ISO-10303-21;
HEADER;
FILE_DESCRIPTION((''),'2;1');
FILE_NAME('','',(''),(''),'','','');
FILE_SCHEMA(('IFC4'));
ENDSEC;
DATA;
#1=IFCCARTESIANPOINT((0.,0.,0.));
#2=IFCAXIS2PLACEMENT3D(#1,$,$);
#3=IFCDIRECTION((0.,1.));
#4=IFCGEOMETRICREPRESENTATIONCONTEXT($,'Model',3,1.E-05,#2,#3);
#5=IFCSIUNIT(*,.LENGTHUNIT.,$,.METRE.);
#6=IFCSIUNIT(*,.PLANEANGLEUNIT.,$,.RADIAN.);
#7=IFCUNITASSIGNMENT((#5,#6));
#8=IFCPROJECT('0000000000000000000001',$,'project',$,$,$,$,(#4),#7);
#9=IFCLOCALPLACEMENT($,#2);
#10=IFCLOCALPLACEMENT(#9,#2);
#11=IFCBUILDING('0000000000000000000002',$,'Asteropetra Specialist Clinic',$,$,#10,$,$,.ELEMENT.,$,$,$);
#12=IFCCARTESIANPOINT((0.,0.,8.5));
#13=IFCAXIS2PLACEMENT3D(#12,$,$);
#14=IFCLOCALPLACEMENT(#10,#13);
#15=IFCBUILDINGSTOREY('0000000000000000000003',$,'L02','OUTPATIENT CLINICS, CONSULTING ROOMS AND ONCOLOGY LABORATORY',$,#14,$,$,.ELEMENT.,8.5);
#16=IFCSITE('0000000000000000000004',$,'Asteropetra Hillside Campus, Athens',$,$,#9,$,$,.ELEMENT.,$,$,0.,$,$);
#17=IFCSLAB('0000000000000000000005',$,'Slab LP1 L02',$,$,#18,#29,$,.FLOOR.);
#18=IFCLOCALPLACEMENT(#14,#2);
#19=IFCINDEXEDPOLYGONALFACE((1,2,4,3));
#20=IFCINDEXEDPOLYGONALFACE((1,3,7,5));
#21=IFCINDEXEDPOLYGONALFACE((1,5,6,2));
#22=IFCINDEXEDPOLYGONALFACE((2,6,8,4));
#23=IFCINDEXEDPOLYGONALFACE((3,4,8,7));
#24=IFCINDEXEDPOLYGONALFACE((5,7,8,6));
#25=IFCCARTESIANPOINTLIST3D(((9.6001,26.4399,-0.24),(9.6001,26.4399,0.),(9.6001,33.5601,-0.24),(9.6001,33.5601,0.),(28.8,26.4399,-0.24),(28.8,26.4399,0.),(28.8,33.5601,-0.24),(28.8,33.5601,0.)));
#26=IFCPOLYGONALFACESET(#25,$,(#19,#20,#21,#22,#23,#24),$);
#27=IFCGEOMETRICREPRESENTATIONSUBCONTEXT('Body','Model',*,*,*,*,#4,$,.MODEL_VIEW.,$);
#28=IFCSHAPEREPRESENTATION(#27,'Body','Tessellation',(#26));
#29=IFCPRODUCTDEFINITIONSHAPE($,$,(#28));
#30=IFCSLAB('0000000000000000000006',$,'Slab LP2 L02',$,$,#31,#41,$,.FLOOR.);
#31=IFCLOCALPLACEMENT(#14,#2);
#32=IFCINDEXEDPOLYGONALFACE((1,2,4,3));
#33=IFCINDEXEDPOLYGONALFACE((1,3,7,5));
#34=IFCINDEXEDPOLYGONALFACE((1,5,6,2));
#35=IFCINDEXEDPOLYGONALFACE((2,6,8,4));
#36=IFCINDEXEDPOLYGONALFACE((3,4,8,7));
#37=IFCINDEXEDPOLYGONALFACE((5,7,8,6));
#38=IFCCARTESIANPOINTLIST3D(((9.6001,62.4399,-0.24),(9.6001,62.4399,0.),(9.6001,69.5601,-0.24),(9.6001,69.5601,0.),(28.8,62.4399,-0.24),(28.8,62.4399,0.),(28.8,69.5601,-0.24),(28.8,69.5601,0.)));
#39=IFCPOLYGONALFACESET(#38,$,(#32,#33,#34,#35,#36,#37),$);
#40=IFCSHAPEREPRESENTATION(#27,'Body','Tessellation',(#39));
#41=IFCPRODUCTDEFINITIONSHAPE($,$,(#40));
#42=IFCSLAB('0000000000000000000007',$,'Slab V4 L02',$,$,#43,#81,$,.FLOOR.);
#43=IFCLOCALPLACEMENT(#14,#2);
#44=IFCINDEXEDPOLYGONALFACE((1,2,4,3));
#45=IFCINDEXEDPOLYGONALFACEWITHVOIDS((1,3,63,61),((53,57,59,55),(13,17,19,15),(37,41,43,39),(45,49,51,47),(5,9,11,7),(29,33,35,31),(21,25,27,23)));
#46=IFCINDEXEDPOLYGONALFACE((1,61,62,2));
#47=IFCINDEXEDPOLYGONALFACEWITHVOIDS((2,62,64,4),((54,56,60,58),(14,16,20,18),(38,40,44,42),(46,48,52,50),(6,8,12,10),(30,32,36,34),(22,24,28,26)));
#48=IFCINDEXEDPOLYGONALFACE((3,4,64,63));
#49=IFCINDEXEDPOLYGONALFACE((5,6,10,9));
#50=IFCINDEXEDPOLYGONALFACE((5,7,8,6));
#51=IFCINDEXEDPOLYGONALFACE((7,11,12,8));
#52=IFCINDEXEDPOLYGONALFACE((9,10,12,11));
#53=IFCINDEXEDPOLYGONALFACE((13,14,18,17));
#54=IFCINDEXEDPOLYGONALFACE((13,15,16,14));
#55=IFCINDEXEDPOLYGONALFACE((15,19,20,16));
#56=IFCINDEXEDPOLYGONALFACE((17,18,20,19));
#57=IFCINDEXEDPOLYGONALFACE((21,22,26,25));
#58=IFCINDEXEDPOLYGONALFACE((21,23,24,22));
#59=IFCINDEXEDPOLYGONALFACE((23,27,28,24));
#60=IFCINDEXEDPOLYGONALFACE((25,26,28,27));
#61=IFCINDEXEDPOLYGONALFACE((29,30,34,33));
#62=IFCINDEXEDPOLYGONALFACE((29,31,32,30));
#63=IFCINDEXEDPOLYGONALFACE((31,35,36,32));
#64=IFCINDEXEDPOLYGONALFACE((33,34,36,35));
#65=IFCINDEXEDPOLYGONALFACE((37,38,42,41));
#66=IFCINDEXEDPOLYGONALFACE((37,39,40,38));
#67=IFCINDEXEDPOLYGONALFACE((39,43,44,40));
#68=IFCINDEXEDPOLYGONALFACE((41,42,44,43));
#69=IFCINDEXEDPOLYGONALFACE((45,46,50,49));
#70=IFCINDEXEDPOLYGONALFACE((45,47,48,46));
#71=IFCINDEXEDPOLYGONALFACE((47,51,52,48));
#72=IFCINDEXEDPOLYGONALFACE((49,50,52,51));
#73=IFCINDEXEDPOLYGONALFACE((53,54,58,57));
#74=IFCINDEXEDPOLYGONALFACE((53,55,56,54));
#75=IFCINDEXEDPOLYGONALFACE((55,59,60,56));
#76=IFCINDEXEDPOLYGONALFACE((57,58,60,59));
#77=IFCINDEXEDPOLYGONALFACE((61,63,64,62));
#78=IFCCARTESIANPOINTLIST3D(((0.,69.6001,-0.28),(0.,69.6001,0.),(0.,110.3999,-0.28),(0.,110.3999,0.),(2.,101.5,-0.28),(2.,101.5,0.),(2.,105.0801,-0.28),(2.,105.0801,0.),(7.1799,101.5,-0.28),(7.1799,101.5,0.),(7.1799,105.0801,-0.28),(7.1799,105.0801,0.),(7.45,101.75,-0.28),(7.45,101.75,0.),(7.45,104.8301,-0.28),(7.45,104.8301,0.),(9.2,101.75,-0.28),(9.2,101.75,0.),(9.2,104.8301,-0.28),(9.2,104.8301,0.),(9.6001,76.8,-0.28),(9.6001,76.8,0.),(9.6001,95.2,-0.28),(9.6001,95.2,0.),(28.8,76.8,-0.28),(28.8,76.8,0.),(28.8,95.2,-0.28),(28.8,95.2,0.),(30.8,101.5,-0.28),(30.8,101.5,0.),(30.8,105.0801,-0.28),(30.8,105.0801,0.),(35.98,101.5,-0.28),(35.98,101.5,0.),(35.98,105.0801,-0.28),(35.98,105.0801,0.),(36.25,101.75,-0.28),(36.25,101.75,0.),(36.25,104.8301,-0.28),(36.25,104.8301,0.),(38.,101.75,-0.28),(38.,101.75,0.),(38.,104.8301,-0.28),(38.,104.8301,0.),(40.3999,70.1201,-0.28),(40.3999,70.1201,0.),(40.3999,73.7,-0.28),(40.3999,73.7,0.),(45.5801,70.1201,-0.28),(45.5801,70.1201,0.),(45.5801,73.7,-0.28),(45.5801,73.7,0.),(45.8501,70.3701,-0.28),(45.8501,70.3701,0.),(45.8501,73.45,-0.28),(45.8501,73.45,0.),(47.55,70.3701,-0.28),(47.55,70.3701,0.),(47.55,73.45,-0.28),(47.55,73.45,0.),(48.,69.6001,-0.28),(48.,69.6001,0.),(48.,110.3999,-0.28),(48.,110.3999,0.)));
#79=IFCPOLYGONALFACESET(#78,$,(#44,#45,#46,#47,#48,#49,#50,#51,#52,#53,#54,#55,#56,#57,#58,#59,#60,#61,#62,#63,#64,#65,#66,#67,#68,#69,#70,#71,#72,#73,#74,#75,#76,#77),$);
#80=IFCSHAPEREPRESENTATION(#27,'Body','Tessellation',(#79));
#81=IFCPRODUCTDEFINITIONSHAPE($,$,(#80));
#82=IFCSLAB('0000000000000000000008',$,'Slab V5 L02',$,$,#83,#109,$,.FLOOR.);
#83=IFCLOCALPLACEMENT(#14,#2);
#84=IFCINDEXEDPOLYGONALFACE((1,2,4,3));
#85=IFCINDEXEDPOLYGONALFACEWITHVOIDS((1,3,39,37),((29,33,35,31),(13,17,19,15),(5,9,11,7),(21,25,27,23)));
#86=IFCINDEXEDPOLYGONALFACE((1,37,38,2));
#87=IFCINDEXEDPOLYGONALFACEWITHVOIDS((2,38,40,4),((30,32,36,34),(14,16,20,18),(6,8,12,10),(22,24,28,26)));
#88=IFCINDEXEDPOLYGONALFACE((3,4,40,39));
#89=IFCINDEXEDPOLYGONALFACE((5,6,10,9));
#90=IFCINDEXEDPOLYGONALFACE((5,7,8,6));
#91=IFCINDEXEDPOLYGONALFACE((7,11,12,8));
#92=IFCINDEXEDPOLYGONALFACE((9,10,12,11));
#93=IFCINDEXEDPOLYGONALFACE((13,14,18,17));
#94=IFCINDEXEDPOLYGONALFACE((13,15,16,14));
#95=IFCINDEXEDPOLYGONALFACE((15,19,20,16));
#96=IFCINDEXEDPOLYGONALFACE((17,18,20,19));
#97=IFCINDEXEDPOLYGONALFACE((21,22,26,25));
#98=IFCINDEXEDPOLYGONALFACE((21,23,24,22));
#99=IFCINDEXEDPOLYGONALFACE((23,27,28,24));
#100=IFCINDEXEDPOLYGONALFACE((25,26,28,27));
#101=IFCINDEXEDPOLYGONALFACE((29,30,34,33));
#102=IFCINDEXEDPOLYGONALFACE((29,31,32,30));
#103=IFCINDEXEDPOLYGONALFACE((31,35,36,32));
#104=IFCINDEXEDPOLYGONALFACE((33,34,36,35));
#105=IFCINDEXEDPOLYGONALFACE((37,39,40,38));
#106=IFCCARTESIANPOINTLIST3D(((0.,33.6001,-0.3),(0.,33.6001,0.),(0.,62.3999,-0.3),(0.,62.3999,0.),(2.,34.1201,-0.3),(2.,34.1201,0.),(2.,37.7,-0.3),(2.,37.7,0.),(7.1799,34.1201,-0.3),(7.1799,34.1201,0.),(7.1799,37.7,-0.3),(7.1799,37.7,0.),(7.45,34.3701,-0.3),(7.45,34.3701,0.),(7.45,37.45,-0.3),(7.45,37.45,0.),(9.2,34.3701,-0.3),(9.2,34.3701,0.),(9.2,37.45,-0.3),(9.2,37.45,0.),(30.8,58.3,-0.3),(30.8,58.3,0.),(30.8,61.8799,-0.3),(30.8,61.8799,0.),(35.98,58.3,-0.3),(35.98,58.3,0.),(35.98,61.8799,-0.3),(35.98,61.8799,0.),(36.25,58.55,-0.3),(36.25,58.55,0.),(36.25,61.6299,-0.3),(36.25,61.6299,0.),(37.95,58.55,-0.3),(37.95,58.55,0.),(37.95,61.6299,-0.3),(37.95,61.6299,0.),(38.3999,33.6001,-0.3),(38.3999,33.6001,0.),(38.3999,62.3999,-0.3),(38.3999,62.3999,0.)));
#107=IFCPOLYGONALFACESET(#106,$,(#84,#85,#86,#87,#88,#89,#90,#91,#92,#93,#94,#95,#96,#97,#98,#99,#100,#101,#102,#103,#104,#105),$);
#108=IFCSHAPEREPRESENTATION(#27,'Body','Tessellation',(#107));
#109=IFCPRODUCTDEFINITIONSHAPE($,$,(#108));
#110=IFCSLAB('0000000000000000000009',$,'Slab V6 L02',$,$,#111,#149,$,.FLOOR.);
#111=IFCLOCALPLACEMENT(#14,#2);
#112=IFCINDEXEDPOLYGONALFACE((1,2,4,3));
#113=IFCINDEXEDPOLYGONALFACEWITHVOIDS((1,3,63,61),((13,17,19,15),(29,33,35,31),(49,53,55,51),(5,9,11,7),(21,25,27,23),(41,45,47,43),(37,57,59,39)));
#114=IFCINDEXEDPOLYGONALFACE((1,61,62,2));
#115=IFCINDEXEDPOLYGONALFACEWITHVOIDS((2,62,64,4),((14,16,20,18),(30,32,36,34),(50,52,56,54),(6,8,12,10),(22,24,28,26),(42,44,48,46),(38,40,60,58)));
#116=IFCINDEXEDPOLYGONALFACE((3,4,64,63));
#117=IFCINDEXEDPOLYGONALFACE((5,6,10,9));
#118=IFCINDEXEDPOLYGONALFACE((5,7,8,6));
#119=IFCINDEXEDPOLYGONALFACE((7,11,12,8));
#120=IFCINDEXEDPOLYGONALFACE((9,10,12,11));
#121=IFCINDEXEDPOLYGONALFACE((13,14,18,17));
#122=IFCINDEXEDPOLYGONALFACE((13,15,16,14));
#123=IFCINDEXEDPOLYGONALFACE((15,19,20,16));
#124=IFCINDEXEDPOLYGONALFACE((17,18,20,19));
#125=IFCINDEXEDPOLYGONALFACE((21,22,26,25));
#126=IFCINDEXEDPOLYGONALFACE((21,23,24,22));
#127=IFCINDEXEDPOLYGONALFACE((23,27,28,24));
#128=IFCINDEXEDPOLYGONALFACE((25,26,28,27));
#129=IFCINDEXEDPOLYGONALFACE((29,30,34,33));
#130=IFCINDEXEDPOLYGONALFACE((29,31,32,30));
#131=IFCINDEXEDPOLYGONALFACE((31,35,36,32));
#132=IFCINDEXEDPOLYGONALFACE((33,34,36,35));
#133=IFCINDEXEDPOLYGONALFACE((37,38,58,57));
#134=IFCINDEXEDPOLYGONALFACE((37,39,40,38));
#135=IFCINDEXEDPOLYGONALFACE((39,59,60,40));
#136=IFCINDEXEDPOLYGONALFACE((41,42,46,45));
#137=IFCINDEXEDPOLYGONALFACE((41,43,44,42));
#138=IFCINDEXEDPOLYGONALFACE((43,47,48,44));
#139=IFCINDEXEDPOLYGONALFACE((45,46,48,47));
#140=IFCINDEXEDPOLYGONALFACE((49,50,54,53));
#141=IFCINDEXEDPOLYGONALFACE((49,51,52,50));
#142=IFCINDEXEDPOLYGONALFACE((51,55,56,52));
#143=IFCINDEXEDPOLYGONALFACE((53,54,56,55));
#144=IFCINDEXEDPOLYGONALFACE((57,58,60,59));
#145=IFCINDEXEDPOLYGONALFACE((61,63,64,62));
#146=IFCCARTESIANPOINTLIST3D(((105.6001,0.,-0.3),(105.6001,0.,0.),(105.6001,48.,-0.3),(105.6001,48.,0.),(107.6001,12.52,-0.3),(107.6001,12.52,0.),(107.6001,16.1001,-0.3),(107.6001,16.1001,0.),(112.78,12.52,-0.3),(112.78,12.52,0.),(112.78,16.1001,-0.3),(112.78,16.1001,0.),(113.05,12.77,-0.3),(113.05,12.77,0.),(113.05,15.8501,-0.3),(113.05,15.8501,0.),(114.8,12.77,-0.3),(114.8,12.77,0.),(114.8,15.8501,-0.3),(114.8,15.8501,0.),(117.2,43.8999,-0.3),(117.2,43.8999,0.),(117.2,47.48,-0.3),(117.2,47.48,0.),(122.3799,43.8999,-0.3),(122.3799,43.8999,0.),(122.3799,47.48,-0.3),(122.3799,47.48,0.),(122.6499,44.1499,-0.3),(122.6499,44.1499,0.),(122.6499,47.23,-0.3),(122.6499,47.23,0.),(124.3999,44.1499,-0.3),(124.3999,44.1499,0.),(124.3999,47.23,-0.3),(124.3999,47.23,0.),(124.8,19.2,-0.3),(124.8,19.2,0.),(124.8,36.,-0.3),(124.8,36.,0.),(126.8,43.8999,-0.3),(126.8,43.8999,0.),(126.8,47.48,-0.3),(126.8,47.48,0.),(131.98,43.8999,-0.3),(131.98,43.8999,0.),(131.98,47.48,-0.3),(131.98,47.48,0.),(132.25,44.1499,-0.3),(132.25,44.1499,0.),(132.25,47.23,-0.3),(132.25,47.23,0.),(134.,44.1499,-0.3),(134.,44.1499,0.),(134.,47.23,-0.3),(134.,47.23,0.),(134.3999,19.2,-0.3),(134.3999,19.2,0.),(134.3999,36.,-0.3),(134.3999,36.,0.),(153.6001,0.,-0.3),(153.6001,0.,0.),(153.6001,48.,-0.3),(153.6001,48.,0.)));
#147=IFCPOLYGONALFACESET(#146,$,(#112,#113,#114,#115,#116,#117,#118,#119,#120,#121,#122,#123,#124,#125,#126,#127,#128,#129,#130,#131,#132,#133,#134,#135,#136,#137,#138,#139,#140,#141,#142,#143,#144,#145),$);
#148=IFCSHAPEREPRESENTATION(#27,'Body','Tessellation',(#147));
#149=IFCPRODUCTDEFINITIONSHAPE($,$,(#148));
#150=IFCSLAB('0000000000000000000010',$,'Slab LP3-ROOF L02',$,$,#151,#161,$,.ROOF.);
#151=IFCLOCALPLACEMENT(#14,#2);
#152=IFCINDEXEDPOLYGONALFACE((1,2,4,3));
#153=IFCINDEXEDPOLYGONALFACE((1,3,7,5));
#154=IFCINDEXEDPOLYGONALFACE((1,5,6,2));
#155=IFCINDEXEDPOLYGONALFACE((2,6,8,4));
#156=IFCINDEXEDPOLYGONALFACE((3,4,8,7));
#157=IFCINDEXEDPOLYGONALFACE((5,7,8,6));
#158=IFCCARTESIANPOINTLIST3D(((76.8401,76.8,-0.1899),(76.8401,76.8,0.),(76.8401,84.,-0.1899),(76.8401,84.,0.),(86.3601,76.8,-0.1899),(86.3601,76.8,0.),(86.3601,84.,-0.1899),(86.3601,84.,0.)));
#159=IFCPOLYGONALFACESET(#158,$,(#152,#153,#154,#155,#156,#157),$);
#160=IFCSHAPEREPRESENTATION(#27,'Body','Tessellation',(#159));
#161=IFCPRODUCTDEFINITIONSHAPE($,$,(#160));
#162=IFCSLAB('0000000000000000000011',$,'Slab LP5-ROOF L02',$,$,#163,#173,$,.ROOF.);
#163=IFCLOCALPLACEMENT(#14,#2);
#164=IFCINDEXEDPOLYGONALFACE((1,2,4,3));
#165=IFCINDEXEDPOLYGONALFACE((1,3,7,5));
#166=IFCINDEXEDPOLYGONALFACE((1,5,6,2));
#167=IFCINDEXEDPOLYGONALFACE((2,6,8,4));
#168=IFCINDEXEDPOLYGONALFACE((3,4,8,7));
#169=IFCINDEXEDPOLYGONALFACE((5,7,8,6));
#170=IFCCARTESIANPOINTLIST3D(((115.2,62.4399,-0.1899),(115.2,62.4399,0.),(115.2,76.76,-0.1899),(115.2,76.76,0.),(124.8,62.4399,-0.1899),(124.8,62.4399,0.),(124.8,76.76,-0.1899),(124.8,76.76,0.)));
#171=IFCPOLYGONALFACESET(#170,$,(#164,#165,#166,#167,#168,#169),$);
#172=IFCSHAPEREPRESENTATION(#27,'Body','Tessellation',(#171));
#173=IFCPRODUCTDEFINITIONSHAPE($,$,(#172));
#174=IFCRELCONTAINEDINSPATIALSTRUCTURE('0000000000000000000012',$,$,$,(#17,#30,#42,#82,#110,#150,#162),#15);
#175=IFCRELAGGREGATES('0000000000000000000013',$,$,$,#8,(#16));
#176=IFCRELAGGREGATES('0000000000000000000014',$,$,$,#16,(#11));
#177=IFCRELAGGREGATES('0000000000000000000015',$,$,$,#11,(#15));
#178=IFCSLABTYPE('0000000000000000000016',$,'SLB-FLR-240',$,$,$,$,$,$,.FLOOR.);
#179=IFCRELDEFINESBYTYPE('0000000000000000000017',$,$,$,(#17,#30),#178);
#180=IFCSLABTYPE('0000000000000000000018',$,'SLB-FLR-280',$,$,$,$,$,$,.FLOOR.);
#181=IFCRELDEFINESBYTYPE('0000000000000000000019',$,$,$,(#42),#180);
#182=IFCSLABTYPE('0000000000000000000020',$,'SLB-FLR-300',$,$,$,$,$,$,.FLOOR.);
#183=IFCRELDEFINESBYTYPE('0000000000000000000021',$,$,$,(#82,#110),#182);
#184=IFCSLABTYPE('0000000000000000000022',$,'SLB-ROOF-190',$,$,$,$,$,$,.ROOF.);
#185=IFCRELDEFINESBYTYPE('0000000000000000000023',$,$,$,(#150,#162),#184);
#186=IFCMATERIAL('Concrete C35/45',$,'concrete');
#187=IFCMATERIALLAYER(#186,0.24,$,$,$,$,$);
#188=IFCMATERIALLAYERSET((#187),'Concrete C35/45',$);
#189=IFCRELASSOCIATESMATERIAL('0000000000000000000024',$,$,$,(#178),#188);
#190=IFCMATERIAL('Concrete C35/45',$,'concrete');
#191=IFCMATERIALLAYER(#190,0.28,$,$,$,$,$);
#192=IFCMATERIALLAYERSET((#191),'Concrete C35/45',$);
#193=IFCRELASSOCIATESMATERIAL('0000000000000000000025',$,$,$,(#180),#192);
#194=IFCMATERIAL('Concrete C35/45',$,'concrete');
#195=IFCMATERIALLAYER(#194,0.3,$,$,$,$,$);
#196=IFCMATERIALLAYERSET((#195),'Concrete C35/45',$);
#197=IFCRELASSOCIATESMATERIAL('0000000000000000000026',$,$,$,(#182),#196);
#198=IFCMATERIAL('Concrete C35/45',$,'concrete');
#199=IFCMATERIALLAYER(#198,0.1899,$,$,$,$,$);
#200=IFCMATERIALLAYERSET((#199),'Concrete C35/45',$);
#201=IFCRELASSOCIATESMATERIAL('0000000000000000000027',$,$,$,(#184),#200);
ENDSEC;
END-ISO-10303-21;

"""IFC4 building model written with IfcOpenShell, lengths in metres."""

from ifc_helpers import new_model, si_unit, direction, frame, origin, place, context, subcontext, project, spatial, polyline, outline, extrude, material, layer, layer_set, type_object, element, save


model = new_model("IFC4")

# Units and contexts
model_context = context("Model", 3, precision=1e-05, world=origin(), true_north=direction((0.0, 1.0)))
body_context = subcontext(model_context, "Body", "Model", "MODEL_VIEW")
ifc_project = project(units=[si_unit("LENGTHUNIT", "METRE"), si_unit("PLANEANGLEUNIT", "RADIAN")], contexts=[model_context])

# Site, building, storey
site_placement = place(None, origin())
site = spatial("IfcSite", under=ifc_project, at=site_placement, Name="Asteropetra Hillside Campus, Athens", CompositionType="ELEMENT", RefElevation=0.0)
building_placement = place(site_placement, origin())
building = spatial("IfcBuilding", under=site, at=building_placement, Name="Asteropetra Specialist Clinic", CompositionType="ELEMENT")
storey_placement = place(building_placement, frame((0.0, 0.0, 8.5)))
storey = spatial("IfcBuildingStorey", under=building, at=storey_placement, Name="L02", Description="OUTPATIENT CLINICS, CONSULTING ROOMS AND ONCOLOGY LABORATORY", CompositionType="ELEMENT", Elevation=8.5)

# Slabs
ifc_material_1 = material(Name="Concrete C35/45", Category="concrete")
ifc_layer_1 = layer(ifc_material_1, 0.24)
ifc_layer_set_1 = layer_set([ifc_layer_1], Name="Concrete C35/45")
slab_type_1 = type_object("IfcSlabType", Name="SLB-FLR-240", PredefinedType="FLOOR", material=ifc_layer_set_1)
slab_1_placement = place(storey_placement, frame((0.0, 0.0, -0.24)))
element("IfcSlab", 1, at=slab_1_placement, inside=storey, type_object=slab_type_1, Name="Slab LP1 L02", PredefinedType="FLOOR", context=body_context, shape_type="SweptSolid", body=[
    extrude(outline(polyline([(9.6001, 26.4399), (28.8, 26.4399), (28.8, 33.5601), (9.6001, 33.5601), (9.6001, 26.4399)])), origin(), (0.0, 0.0, 1.0), 0.24),
])
slab_2_placement = place(storey_placement, frame((0.0, 0.0, -0.24)))
element("IfcSlab", 2, at=slab_2_placement, inside=storey, type_object=slab_type_1, Name="Slab LP2 L02", PredefinedType="FLOOR", context=body_context, shape_type="SweptSolid", body=[
    extrude(outline(polyline([(9.6001, 62.4399), (28.8, 62.4399), (28.8, 69.5601), (9.6001, 69.5601), (9.6001, 62.4399)])), origin(), (0.0, 0.0, 1.0), 0.24),
])
ifc_material_2 = material(Name="Concrete C35/45", Category="concrete")
ifc_layer_2 = layer(ifc_material_2, 0.28)
ifc_layer_set_2 = layer_set([ifc_layer_2], Name="Concrete C35/45")
slab_type_2 = type_object("IfcSlabType", Name="SLB-FLR-280", PredefinedType="FLOOR", material=ifc_layer_set_2)
slab_3_placement = place(storey_placement, frame((0.0, 0.0, -0.28)))
element("IfcSlab", 3, at=slab_3_placement, inside=storey, type_object=slab_type_2, Name="Slab V4 L02", PredefinedType="FLOOR", context=body_context, shape_type="SweptSolid", body=[
    extrude(outline(polyline([(0.0, 69.6001), (48.0, 69.6001), (48.0, 110.3999), (0.0, 110.3999), (0.0, 69.6001)]), holes=[polyline([(9.6001, 76.8), (28.8, 76.8), (28.8, 95.2), (9.6001, 95.2), (9.6001, 76.8)]), polyline([(2.0, 101.5), (7.1799, 101.5), (7.1799, 105.0801), (2.0, 105.0801), (2.0, 101.5)]), polyline([(7.45, 101.75), (9.2, 101.75), (9.2, 104.8301), (7.45, 104.8301), (7.45, 101.75)]), polyline([(30.8, 101.5), (35.98, 101.5), (35.98, 105.0801), (30.8, 105.0801), (30.8, 101.5)]), polyline([(36.25, 101.75), (38.0, 101.75), (38.0, 104.8301), (36.25, 104.8301), (36.25, 101.75)]), polyline([(40.3999, 70.1201), (45.5801, 70.1201), (45.5801, 73.7), (40.3999, 73.7), (40.3999, 70.1201)]), polyline([(45.8501, 70.3701), (47.55, 70.3701), (47.55, 73.45), (45.8501, 73.45), (45.8501, 70.3701)])]), origin(), (0.0, 0.0, 1.0), 0.28),
])
ifc_material_3 = material(Name="Concrete C35/45", Category="concrete")
ifc_layer_3 = layer(ifc_material_3, 0.3)
ifc_layer_set_3 = layer_set([ifc_layer_3], Name="Concrete C35/45")
slab_type_3 = type_object("IfcSlabType", Name="SLB-FLR-300", PredefinedType="FLOOR", material=ifc_layer_set_3)
slab_4_placement = place(storey_placement, frame((0.0, 0.0, -0.3)))
element("IfcSlab", 4, at=slab_4_placement, inside=storey, type_object=slab_type_3, Name="Slab V5 L02", PredefinedType="FLOOR", context=body_context, shape_type="SweptSolid", body=[
    extrude(outline(polyline([(0.0, 33.6001), (38.3999, 33.6001), (38.3999, 62.3999), (0.0, 62.3999), (0.0, 33.6001)]), holes=[polyline([(2.0, 34.1201), (7.1799, 34.1201), (7.1799, 37.7), (2.0, 37.7), (2.0, 34.1201)]), polyline([(7.45, 34.3701), (9.2, 34.3701), (9.2, 37.45), (7.45, 37.45), (7.45, 34.3701)]), polyline([(30.8, 58.3), (35.98, 58.3), (35.98, 61.8799), (30.8, 61.8799), (30.8, 58.3)]), polyline([(36.25, 58.55), (37.95, 58.55), (37.95, 61.6299), (36.25, 61.6299), (36.25, 58.55)])]), origin(), (0.0, 0.0, 1.0), 0.3),
])
slab_5_placement = place(storey_placement, frame((0.0, 0.0, -0.3)))
element("IfcSlab", 5, at=slab_5_placement, inside=storey, type_object=slab_type_3, Name="Slab V6 L02", PredefinedType="FLOOR", context=body_context, shape_type="SweptSolid", body=[
    extrude(outline(polyline([(105.6001, 0.0), (153.6001, 0.0), (153.6001, 48.0), (105.6001, 48.0), (105.6001, 0.0)]), holes=[polyline([(124.8, 19.2), (134.3999, 19.2), (134.3999, 36.0), (124.8, 36.0), (124.8, 19.2)]), polyline([(107.6001, 12.52), (112.78, 12.52), (112.78, 16.1001), (107.6001, 16.1001), (107.6001, 12.52)]), polyline([(113.05, 12.77), (114.8, 12.77), (114.8, 15.8501), (113.05, 15.8501), (113.05, 12.77)]), polyline([(126.8, 43.8999), (131.98, 43.8999), (131.98, 47.48), (126.8, 47.48), (126.8, 43.8999)]), polyline([(132.25, 44.1499), (134.0, 44.1499), (134.0, 47.23), (132.25, 47.23), (132.25, 44.1499)]), polyline([(117.2, 43.8999), (122.3799, 43.8999), (122.3799, 47.48), (117.2, 47.48), (117.2, 43.8999)]), polyline([(122.6499, 44.1499), (124.3999, 44.1499), (124.3999, 47.23), (122.6499, 47.23), (122.6499, 44.1499)])]), origin(), (0.0, 0.0, 1.0), 0.3),
])
ifc_material_4 = material(Name="Concrete C35/45", Category="concrete")
ifc_layer_4 = layer(ifc_material_4, 0.1899)
ifc_layer_set_4 = layer_set([ifc_layer_4], Name="Concrete C35/45")
slab_type_4 = type_object("IfcSlabType", Name="SLB-ROOF-190", PredefinedType="ROOF", material=ifc_layer_set_4)
slab_6_placement = place(storey_placement, frame((0.0, 0.0, -0.1899)))
element("IfcSlab", 6, at=slab_6_placement, inside=storey, type_object=slab_type_4, Name="Slab LP3-ROOF L02", PredefinedType="ROOF", context=body_context, shape_type="SweptSolid", body=[
    extrude(outline(polyline([(76.8401, 76.8), (86.3601, 76.8), (86.3601, 84.0), (76.8401, 84.0), (76.8401, 76.8)])), origin(), (0.0, 0.0, 1.0), 0.1899),
])
slab_7_placement = place(storey_placement, frame((0.0, 0.0, -0.1899)))
element("IfcSlab", 7, at=slab_7_placement, inside=storey, type_object=slab_type_4, Name="Slab LP5-ROOF L02", PredefinedType="ROOF", context=body_context, shape_type="SweptSolid", body=[
    extrude(outline(polyline([(115.2, 62.4399), (124.8, 62.4399), (124.8, 76.76), (115.2, 76.76), (115.2, 62.4399)])), origin(), (0.0, 0.0, 1.0), 0.1899),
])

save(model, "model.ifc")
